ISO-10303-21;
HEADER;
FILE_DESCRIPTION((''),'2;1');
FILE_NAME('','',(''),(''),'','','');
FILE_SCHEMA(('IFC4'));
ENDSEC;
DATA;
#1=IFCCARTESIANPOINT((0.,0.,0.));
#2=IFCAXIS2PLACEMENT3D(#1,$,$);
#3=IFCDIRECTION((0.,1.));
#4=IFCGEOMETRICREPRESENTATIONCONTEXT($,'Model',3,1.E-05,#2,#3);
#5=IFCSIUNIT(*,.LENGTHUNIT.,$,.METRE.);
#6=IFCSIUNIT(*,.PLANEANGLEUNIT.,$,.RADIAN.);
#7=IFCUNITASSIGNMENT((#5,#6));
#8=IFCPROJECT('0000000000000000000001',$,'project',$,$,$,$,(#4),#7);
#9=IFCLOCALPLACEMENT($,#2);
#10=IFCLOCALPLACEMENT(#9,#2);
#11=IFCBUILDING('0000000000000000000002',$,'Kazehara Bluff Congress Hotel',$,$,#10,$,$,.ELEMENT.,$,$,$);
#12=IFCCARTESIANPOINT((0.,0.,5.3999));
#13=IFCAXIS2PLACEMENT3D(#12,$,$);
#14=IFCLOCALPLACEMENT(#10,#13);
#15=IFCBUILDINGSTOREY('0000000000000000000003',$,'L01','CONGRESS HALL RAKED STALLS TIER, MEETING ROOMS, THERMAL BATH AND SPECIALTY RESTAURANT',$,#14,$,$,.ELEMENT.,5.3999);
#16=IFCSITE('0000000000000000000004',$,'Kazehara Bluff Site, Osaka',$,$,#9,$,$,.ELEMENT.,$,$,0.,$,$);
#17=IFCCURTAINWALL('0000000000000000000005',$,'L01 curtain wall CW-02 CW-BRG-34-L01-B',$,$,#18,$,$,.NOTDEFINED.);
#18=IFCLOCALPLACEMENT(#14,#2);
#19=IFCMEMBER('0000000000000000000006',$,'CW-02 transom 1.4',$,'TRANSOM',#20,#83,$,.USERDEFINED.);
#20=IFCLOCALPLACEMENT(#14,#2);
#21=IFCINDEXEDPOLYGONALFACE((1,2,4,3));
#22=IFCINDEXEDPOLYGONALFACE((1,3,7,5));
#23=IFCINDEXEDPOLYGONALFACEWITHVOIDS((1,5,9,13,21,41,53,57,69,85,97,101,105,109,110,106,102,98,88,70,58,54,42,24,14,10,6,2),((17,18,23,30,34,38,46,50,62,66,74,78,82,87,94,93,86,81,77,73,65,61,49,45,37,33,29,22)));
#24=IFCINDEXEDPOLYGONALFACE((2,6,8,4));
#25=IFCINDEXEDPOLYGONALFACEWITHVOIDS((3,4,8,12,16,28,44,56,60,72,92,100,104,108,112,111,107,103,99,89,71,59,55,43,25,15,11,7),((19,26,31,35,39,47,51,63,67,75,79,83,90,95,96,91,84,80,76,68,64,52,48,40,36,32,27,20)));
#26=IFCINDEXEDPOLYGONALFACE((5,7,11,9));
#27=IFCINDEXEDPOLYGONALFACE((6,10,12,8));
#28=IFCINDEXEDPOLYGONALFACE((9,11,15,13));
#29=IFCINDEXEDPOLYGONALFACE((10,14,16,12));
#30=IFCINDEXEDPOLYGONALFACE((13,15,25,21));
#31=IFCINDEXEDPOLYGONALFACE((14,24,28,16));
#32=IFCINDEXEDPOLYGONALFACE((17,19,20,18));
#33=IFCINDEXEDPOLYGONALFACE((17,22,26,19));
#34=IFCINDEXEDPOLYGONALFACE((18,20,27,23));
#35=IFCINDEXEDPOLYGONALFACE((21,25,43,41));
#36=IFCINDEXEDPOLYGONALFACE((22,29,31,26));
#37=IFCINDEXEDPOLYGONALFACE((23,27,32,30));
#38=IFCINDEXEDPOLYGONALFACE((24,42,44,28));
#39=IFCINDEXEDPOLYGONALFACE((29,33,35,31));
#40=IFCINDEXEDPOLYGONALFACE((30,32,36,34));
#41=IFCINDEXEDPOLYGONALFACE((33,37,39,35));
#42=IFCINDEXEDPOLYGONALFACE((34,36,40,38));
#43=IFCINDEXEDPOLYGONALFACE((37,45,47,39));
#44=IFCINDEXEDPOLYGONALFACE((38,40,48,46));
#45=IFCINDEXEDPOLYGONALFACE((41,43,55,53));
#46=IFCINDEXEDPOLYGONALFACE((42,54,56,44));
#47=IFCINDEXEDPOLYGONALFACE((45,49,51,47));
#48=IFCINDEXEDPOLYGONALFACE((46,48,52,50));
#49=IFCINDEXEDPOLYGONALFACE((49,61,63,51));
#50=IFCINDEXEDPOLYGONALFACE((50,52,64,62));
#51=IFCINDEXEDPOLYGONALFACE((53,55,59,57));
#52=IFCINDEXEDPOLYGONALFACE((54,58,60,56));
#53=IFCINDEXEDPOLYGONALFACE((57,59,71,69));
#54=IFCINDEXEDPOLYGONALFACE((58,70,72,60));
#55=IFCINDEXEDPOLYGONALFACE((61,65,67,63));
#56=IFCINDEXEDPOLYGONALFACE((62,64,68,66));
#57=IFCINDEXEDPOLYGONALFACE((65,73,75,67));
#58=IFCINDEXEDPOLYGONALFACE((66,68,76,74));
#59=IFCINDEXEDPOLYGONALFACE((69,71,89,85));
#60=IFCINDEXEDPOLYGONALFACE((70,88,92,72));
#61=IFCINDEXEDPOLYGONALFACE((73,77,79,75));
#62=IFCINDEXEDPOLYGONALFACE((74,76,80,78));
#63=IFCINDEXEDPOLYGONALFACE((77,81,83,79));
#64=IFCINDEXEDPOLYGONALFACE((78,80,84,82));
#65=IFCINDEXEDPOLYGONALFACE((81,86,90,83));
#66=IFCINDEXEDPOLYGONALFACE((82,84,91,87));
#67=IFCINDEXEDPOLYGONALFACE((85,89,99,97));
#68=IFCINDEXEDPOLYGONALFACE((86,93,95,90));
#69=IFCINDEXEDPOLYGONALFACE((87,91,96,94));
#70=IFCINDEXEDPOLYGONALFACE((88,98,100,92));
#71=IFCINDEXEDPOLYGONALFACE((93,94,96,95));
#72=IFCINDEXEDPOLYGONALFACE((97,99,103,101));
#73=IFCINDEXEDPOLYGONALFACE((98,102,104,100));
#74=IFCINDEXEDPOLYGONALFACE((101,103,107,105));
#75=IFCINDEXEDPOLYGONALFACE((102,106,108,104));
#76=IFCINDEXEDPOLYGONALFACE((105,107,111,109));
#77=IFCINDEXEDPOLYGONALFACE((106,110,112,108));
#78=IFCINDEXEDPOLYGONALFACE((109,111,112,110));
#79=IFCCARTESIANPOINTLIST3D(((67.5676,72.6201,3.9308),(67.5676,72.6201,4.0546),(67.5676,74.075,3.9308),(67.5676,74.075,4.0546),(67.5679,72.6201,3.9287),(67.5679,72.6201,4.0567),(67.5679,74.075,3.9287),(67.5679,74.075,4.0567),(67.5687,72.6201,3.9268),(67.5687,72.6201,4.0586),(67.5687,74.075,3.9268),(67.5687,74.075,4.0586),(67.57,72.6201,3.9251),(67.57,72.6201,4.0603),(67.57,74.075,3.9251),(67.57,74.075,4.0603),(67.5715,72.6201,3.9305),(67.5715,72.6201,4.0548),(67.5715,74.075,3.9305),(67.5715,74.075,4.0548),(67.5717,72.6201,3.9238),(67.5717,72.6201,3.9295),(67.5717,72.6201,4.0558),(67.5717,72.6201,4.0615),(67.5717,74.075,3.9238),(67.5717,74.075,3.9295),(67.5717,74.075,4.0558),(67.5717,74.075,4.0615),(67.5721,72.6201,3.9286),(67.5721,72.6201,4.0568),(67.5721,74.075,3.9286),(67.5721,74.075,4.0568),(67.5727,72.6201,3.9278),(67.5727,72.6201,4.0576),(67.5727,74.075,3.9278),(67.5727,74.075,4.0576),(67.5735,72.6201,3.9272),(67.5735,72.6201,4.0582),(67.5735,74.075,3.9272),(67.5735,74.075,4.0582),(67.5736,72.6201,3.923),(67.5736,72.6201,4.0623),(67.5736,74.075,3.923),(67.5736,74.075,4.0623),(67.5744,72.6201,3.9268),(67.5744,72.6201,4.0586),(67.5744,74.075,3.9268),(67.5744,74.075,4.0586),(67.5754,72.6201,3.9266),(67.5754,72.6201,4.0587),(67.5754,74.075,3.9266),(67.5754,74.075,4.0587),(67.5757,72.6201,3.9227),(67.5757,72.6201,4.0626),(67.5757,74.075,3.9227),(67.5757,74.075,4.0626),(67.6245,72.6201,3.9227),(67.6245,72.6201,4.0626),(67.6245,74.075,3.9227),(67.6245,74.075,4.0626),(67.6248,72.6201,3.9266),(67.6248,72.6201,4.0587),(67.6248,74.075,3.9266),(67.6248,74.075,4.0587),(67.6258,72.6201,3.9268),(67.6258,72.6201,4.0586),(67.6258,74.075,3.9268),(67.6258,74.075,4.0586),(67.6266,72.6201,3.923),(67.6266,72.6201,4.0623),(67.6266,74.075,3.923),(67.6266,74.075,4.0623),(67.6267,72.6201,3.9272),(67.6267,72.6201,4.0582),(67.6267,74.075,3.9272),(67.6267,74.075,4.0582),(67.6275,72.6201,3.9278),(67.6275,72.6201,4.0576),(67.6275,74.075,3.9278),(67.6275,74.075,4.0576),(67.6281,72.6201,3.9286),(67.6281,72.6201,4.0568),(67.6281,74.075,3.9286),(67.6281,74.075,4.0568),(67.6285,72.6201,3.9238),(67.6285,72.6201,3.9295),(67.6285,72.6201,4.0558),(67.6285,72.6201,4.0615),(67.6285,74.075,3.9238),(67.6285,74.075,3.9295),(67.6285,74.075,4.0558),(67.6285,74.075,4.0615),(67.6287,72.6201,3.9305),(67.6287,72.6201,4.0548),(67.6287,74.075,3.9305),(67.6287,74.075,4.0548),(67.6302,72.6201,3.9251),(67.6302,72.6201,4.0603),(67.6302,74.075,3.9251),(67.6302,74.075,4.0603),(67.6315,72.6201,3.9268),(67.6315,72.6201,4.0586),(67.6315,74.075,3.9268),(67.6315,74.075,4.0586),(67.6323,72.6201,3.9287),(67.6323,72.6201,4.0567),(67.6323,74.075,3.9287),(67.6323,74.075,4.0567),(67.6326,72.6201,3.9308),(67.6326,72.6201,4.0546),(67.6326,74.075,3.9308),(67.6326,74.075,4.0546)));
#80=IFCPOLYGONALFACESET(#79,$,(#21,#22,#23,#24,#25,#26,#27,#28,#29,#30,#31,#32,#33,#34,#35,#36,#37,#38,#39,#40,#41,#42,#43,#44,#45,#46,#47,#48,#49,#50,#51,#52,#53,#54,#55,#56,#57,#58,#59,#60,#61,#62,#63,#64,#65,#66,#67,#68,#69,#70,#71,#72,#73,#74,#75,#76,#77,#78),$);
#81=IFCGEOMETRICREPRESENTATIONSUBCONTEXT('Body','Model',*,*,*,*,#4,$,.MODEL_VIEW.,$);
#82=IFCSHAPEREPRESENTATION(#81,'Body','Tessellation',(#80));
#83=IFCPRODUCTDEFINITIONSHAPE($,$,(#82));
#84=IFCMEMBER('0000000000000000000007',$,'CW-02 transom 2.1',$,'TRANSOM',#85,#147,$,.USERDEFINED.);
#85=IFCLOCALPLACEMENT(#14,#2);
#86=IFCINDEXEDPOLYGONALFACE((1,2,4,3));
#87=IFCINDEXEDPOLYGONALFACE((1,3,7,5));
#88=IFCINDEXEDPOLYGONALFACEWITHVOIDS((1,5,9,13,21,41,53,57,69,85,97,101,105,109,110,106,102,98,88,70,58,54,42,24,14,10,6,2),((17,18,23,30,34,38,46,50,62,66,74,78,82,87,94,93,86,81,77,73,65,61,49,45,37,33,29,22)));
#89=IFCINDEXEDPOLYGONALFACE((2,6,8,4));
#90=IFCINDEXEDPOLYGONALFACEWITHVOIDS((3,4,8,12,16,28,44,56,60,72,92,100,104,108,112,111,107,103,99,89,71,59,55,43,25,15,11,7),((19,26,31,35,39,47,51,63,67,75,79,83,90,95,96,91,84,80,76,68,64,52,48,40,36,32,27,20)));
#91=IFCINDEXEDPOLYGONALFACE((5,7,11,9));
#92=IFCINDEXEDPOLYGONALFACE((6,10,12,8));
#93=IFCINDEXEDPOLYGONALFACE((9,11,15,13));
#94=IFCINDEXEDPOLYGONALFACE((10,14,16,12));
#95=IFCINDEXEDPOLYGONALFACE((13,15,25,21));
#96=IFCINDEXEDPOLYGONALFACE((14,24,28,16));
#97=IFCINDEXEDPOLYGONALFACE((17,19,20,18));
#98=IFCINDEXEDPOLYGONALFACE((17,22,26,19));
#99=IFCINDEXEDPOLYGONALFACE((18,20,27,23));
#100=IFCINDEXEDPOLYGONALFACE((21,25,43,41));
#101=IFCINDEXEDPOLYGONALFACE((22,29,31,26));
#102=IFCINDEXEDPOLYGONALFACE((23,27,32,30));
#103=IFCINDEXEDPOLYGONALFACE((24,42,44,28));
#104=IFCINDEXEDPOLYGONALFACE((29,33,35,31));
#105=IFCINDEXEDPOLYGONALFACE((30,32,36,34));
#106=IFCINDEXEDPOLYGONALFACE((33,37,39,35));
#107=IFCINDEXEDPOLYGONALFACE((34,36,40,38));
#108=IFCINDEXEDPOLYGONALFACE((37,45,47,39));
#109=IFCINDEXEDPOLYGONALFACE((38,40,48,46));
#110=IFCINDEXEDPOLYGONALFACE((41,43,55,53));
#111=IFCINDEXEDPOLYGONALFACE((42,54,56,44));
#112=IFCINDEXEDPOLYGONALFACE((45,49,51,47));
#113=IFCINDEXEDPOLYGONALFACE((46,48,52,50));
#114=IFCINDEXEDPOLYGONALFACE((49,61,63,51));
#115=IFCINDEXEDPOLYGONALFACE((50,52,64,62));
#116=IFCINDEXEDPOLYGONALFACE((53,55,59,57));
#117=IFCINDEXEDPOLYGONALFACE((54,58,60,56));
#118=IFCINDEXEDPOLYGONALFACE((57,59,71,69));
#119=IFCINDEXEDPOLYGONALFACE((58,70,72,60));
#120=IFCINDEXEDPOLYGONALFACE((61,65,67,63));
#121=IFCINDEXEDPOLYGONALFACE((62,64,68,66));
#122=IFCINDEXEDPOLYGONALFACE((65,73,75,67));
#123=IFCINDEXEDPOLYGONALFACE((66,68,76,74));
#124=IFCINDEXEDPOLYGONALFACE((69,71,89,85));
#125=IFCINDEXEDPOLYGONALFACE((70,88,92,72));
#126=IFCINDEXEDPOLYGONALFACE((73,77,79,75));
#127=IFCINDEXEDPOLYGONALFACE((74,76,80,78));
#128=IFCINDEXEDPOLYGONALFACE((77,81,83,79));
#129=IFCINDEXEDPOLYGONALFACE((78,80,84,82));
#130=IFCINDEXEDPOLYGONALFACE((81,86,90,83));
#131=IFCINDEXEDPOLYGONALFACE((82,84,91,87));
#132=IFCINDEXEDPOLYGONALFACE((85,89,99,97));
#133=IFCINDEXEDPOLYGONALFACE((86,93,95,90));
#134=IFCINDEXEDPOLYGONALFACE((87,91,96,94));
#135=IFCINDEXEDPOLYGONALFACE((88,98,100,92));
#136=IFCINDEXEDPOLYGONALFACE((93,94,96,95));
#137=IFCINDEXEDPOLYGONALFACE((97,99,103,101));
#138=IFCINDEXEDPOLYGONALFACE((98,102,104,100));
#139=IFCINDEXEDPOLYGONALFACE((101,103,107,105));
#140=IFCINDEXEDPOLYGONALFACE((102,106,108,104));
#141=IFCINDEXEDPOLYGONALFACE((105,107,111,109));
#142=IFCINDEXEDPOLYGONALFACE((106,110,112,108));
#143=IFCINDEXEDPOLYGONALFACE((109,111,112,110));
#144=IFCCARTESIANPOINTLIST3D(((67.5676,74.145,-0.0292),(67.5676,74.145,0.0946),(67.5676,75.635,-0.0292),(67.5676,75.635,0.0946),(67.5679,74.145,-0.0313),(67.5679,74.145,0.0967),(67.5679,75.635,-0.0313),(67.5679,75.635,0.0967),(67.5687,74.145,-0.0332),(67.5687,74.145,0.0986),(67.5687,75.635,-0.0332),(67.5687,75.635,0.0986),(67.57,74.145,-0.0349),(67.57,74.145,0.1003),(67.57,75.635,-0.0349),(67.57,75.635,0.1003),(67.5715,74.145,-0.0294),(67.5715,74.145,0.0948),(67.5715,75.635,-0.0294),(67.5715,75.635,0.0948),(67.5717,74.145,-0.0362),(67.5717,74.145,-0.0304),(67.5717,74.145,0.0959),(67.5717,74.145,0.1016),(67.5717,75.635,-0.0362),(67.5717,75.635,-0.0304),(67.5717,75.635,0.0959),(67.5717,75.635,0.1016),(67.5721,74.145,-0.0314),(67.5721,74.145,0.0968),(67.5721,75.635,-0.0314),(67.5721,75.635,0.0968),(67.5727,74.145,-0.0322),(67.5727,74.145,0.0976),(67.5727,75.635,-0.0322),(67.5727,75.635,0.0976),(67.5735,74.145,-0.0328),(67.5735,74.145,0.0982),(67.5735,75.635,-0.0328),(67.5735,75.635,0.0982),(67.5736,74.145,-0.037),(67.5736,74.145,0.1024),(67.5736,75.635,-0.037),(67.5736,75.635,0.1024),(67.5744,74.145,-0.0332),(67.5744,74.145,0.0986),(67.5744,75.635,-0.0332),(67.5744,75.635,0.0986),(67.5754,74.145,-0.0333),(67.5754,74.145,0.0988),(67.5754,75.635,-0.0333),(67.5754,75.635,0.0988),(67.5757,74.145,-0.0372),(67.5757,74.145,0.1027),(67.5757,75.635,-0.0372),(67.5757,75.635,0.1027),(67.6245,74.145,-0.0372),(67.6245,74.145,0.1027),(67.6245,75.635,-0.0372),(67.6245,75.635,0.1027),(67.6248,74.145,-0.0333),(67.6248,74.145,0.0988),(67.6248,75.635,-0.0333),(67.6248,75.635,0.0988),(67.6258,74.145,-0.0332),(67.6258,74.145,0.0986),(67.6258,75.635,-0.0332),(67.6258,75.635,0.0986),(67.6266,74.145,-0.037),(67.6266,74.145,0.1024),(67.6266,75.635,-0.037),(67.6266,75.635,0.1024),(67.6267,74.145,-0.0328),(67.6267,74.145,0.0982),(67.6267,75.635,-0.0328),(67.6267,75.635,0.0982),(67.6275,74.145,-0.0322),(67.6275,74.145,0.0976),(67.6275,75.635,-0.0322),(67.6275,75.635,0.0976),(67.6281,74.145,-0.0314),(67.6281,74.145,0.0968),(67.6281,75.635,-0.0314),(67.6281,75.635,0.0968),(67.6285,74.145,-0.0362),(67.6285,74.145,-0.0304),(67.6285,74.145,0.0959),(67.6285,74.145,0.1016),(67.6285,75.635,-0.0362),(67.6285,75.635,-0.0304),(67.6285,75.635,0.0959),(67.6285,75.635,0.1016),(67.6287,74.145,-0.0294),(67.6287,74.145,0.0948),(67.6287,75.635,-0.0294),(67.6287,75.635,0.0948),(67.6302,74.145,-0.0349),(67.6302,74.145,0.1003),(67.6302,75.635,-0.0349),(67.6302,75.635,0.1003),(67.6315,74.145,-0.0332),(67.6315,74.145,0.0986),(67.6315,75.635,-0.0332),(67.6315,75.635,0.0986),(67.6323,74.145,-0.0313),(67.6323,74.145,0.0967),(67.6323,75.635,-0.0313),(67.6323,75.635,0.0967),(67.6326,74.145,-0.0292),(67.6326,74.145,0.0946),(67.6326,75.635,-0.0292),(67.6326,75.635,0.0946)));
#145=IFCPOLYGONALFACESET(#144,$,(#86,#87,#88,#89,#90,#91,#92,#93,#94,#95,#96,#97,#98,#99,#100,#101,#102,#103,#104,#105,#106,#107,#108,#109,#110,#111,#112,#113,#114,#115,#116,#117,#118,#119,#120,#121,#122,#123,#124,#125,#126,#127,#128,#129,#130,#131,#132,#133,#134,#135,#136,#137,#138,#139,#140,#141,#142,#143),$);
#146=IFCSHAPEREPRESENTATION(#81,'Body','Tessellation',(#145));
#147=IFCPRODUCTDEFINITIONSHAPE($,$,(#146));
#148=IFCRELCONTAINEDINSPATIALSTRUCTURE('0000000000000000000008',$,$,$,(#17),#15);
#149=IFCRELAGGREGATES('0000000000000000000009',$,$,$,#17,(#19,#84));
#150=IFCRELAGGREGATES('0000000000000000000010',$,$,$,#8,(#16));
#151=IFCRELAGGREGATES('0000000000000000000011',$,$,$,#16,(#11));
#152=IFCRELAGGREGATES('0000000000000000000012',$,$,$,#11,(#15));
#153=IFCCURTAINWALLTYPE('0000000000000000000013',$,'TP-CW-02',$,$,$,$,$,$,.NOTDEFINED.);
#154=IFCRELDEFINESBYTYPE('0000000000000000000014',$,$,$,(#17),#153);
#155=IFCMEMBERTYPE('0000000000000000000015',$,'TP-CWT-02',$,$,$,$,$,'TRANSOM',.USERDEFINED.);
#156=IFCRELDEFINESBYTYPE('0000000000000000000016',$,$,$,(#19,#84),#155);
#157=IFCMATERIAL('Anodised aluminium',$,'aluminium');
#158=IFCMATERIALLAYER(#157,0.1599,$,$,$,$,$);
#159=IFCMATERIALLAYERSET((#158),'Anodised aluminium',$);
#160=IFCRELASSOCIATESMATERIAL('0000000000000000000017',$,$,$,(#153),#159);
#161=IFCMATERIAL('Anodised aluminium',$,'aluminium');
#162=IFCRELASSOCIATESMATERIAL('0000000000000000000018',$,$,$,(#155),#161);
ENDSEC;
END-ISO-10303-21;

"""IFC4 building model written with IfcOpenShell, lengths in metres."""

from ifc_helpers import new_model, si_unit, direction, frame, origin, origin_2d, place, context, subcontext, project, spatial, hollow_rectangle, extrude, material, layer, layer_set, material_profile, profile_set, type_object, element, aggregate, save


model = new_model("IFC4")

# Units and contexts
model_context = context("Model", 3, precision=1e-05, world=origin(), true_north=direction((0.0, 1.0)))
body_context = subcontext(model_context, "Body", "Model", "MODEL_VIEW")
ifc_project = project(units=[si_unit("LENGTHUNIT", "METRE"), si_unit("PLANEANGLEUNIT", "RADIAN")], contexts=[model_context])

# Site, building, storey
site_placement = place(None, origin())
site = spatial("IfcSite", under=ifc_project, at=site_placement, Name="Kazehara Bluff Site, Osaka", CompositionType="ELEMENT", RefElevation=0.0)
building_placement = place(site_placement, origin())
building = spatial("IfcBuilding", under=site, at=building_placement, Name="Kazehara Bluff Congress Hotel", CompositionType="ELEMENT")
storey_placement = place(building_placement, frame((0.0, 0.0, 5.3999)))
storey = spatial("IfcBuildingStorey", under=building, at=storey_placement, Name="L01", Description="CONGRESS HALL RAKED STALLS TIER, MEETING ROOMS, THERMAL BATH AND SPECIALTY RESTAURANT", CompositionType="ELEMENT", Elevation=5.3999)

# Curtain wall
ifc_material_1 = material(Name="Anodised aluminium", Category="aluminium")
ifc_layer_1 = layer(ifc_material_1, 0.1599)
ifc_layer_set_1 = layer_set([ifc_layer_1], Name="Anodised aluminium")
curtain_wall_type = type_object("IfcCurtainWallType", Name="TP-CW-02", PredefinedType="NOTDEFINED", material=ifc_layer_set_1)
curtain_wall_1_placement = place(storey_placement, origin())
curtain_wall_1 = element("IfcCurtainWall", 1, at=curtain_wall_1_placement, inside=storey, type_object=curtain_wall_type, Name="L01 curtain wall CW-02 CW-BRG-34-L01-B", PredefinedType="NOTDEFINED")

# Shared definitions
ifc_material_2 = material(Name="Anodised aluminium", Category="aluminium")
ifc_material_profile_1 = material_profile(ifc_material_2, hollow_rectangle(XDim=0.0649, YDim=0.1399, WallThickness=0.0039, InnerFilletRadius=0.0039, OuterFilletRadius=0.0081, at=origin_2d()))
ifc_profile_set_1 = profile_set([ifc_material_profile_1], Name="Anodised aluminium")
member_type_1 = type_object("IfcMemberType", Name="TP-CWT-02", ElementType="TRANSOM", PredefinedType="USERDEFINED", material=ifc_profile_set_1)

# Members
member_1_placement = place(storey_placement, frame((67.6001, 72.6201, 3.9927), z_axis=(0.0, 1.0, 0.0), x_axis=(-1.0, 0.0, 0.0)))
member_1 = element("IfcMember", 2, at=member_1_placement, type_object=member_type_1, Name="CW-02 transom 1.4", ObjectType="TRANSOM", PredefinedType="USERDEFINED", context=body_context, shape_type="SweptSolid", body=[
    extrude(hollow_rectangle(XDim=0.0649, YDim=0.1399, WallThickness=0.0039, InnerFilletRadius=0.0039, OuterFilletRadius=0.0081, at=origin_2d()), origin(), (0.0, 0.0, 1.0), 1.4548),
])
member_2_placement = place(storey_placement, frame((67.6001, 74.145, 0.0327), z_axis=(0.0, 1.0, 0.0), x_axis=(-1.0, 0.0, 0.0)))
member_2 = element("IfcMember", 3, at=member_2_placement, type_object=member_type_1, Name="CW-02 transom 2.1", ObjectType="TRANSOM", PredefinedType="USERDEFINED", context=body_context, shape_type="SweptSolid", body=[
    extrude(hollow_rectangle(XDim=0.0649, YDim=0.1399, WallThickness=0.0039, InnerFilletRadius=0.0039, OuterFilletRadius=0.0081, at=origin_2d()), origin(), (0.0, 0.0, 1.0), 1.49),
])

aggregate(curtain_wall_1, [member_1, member_2])

save(model, "model.ifc")
